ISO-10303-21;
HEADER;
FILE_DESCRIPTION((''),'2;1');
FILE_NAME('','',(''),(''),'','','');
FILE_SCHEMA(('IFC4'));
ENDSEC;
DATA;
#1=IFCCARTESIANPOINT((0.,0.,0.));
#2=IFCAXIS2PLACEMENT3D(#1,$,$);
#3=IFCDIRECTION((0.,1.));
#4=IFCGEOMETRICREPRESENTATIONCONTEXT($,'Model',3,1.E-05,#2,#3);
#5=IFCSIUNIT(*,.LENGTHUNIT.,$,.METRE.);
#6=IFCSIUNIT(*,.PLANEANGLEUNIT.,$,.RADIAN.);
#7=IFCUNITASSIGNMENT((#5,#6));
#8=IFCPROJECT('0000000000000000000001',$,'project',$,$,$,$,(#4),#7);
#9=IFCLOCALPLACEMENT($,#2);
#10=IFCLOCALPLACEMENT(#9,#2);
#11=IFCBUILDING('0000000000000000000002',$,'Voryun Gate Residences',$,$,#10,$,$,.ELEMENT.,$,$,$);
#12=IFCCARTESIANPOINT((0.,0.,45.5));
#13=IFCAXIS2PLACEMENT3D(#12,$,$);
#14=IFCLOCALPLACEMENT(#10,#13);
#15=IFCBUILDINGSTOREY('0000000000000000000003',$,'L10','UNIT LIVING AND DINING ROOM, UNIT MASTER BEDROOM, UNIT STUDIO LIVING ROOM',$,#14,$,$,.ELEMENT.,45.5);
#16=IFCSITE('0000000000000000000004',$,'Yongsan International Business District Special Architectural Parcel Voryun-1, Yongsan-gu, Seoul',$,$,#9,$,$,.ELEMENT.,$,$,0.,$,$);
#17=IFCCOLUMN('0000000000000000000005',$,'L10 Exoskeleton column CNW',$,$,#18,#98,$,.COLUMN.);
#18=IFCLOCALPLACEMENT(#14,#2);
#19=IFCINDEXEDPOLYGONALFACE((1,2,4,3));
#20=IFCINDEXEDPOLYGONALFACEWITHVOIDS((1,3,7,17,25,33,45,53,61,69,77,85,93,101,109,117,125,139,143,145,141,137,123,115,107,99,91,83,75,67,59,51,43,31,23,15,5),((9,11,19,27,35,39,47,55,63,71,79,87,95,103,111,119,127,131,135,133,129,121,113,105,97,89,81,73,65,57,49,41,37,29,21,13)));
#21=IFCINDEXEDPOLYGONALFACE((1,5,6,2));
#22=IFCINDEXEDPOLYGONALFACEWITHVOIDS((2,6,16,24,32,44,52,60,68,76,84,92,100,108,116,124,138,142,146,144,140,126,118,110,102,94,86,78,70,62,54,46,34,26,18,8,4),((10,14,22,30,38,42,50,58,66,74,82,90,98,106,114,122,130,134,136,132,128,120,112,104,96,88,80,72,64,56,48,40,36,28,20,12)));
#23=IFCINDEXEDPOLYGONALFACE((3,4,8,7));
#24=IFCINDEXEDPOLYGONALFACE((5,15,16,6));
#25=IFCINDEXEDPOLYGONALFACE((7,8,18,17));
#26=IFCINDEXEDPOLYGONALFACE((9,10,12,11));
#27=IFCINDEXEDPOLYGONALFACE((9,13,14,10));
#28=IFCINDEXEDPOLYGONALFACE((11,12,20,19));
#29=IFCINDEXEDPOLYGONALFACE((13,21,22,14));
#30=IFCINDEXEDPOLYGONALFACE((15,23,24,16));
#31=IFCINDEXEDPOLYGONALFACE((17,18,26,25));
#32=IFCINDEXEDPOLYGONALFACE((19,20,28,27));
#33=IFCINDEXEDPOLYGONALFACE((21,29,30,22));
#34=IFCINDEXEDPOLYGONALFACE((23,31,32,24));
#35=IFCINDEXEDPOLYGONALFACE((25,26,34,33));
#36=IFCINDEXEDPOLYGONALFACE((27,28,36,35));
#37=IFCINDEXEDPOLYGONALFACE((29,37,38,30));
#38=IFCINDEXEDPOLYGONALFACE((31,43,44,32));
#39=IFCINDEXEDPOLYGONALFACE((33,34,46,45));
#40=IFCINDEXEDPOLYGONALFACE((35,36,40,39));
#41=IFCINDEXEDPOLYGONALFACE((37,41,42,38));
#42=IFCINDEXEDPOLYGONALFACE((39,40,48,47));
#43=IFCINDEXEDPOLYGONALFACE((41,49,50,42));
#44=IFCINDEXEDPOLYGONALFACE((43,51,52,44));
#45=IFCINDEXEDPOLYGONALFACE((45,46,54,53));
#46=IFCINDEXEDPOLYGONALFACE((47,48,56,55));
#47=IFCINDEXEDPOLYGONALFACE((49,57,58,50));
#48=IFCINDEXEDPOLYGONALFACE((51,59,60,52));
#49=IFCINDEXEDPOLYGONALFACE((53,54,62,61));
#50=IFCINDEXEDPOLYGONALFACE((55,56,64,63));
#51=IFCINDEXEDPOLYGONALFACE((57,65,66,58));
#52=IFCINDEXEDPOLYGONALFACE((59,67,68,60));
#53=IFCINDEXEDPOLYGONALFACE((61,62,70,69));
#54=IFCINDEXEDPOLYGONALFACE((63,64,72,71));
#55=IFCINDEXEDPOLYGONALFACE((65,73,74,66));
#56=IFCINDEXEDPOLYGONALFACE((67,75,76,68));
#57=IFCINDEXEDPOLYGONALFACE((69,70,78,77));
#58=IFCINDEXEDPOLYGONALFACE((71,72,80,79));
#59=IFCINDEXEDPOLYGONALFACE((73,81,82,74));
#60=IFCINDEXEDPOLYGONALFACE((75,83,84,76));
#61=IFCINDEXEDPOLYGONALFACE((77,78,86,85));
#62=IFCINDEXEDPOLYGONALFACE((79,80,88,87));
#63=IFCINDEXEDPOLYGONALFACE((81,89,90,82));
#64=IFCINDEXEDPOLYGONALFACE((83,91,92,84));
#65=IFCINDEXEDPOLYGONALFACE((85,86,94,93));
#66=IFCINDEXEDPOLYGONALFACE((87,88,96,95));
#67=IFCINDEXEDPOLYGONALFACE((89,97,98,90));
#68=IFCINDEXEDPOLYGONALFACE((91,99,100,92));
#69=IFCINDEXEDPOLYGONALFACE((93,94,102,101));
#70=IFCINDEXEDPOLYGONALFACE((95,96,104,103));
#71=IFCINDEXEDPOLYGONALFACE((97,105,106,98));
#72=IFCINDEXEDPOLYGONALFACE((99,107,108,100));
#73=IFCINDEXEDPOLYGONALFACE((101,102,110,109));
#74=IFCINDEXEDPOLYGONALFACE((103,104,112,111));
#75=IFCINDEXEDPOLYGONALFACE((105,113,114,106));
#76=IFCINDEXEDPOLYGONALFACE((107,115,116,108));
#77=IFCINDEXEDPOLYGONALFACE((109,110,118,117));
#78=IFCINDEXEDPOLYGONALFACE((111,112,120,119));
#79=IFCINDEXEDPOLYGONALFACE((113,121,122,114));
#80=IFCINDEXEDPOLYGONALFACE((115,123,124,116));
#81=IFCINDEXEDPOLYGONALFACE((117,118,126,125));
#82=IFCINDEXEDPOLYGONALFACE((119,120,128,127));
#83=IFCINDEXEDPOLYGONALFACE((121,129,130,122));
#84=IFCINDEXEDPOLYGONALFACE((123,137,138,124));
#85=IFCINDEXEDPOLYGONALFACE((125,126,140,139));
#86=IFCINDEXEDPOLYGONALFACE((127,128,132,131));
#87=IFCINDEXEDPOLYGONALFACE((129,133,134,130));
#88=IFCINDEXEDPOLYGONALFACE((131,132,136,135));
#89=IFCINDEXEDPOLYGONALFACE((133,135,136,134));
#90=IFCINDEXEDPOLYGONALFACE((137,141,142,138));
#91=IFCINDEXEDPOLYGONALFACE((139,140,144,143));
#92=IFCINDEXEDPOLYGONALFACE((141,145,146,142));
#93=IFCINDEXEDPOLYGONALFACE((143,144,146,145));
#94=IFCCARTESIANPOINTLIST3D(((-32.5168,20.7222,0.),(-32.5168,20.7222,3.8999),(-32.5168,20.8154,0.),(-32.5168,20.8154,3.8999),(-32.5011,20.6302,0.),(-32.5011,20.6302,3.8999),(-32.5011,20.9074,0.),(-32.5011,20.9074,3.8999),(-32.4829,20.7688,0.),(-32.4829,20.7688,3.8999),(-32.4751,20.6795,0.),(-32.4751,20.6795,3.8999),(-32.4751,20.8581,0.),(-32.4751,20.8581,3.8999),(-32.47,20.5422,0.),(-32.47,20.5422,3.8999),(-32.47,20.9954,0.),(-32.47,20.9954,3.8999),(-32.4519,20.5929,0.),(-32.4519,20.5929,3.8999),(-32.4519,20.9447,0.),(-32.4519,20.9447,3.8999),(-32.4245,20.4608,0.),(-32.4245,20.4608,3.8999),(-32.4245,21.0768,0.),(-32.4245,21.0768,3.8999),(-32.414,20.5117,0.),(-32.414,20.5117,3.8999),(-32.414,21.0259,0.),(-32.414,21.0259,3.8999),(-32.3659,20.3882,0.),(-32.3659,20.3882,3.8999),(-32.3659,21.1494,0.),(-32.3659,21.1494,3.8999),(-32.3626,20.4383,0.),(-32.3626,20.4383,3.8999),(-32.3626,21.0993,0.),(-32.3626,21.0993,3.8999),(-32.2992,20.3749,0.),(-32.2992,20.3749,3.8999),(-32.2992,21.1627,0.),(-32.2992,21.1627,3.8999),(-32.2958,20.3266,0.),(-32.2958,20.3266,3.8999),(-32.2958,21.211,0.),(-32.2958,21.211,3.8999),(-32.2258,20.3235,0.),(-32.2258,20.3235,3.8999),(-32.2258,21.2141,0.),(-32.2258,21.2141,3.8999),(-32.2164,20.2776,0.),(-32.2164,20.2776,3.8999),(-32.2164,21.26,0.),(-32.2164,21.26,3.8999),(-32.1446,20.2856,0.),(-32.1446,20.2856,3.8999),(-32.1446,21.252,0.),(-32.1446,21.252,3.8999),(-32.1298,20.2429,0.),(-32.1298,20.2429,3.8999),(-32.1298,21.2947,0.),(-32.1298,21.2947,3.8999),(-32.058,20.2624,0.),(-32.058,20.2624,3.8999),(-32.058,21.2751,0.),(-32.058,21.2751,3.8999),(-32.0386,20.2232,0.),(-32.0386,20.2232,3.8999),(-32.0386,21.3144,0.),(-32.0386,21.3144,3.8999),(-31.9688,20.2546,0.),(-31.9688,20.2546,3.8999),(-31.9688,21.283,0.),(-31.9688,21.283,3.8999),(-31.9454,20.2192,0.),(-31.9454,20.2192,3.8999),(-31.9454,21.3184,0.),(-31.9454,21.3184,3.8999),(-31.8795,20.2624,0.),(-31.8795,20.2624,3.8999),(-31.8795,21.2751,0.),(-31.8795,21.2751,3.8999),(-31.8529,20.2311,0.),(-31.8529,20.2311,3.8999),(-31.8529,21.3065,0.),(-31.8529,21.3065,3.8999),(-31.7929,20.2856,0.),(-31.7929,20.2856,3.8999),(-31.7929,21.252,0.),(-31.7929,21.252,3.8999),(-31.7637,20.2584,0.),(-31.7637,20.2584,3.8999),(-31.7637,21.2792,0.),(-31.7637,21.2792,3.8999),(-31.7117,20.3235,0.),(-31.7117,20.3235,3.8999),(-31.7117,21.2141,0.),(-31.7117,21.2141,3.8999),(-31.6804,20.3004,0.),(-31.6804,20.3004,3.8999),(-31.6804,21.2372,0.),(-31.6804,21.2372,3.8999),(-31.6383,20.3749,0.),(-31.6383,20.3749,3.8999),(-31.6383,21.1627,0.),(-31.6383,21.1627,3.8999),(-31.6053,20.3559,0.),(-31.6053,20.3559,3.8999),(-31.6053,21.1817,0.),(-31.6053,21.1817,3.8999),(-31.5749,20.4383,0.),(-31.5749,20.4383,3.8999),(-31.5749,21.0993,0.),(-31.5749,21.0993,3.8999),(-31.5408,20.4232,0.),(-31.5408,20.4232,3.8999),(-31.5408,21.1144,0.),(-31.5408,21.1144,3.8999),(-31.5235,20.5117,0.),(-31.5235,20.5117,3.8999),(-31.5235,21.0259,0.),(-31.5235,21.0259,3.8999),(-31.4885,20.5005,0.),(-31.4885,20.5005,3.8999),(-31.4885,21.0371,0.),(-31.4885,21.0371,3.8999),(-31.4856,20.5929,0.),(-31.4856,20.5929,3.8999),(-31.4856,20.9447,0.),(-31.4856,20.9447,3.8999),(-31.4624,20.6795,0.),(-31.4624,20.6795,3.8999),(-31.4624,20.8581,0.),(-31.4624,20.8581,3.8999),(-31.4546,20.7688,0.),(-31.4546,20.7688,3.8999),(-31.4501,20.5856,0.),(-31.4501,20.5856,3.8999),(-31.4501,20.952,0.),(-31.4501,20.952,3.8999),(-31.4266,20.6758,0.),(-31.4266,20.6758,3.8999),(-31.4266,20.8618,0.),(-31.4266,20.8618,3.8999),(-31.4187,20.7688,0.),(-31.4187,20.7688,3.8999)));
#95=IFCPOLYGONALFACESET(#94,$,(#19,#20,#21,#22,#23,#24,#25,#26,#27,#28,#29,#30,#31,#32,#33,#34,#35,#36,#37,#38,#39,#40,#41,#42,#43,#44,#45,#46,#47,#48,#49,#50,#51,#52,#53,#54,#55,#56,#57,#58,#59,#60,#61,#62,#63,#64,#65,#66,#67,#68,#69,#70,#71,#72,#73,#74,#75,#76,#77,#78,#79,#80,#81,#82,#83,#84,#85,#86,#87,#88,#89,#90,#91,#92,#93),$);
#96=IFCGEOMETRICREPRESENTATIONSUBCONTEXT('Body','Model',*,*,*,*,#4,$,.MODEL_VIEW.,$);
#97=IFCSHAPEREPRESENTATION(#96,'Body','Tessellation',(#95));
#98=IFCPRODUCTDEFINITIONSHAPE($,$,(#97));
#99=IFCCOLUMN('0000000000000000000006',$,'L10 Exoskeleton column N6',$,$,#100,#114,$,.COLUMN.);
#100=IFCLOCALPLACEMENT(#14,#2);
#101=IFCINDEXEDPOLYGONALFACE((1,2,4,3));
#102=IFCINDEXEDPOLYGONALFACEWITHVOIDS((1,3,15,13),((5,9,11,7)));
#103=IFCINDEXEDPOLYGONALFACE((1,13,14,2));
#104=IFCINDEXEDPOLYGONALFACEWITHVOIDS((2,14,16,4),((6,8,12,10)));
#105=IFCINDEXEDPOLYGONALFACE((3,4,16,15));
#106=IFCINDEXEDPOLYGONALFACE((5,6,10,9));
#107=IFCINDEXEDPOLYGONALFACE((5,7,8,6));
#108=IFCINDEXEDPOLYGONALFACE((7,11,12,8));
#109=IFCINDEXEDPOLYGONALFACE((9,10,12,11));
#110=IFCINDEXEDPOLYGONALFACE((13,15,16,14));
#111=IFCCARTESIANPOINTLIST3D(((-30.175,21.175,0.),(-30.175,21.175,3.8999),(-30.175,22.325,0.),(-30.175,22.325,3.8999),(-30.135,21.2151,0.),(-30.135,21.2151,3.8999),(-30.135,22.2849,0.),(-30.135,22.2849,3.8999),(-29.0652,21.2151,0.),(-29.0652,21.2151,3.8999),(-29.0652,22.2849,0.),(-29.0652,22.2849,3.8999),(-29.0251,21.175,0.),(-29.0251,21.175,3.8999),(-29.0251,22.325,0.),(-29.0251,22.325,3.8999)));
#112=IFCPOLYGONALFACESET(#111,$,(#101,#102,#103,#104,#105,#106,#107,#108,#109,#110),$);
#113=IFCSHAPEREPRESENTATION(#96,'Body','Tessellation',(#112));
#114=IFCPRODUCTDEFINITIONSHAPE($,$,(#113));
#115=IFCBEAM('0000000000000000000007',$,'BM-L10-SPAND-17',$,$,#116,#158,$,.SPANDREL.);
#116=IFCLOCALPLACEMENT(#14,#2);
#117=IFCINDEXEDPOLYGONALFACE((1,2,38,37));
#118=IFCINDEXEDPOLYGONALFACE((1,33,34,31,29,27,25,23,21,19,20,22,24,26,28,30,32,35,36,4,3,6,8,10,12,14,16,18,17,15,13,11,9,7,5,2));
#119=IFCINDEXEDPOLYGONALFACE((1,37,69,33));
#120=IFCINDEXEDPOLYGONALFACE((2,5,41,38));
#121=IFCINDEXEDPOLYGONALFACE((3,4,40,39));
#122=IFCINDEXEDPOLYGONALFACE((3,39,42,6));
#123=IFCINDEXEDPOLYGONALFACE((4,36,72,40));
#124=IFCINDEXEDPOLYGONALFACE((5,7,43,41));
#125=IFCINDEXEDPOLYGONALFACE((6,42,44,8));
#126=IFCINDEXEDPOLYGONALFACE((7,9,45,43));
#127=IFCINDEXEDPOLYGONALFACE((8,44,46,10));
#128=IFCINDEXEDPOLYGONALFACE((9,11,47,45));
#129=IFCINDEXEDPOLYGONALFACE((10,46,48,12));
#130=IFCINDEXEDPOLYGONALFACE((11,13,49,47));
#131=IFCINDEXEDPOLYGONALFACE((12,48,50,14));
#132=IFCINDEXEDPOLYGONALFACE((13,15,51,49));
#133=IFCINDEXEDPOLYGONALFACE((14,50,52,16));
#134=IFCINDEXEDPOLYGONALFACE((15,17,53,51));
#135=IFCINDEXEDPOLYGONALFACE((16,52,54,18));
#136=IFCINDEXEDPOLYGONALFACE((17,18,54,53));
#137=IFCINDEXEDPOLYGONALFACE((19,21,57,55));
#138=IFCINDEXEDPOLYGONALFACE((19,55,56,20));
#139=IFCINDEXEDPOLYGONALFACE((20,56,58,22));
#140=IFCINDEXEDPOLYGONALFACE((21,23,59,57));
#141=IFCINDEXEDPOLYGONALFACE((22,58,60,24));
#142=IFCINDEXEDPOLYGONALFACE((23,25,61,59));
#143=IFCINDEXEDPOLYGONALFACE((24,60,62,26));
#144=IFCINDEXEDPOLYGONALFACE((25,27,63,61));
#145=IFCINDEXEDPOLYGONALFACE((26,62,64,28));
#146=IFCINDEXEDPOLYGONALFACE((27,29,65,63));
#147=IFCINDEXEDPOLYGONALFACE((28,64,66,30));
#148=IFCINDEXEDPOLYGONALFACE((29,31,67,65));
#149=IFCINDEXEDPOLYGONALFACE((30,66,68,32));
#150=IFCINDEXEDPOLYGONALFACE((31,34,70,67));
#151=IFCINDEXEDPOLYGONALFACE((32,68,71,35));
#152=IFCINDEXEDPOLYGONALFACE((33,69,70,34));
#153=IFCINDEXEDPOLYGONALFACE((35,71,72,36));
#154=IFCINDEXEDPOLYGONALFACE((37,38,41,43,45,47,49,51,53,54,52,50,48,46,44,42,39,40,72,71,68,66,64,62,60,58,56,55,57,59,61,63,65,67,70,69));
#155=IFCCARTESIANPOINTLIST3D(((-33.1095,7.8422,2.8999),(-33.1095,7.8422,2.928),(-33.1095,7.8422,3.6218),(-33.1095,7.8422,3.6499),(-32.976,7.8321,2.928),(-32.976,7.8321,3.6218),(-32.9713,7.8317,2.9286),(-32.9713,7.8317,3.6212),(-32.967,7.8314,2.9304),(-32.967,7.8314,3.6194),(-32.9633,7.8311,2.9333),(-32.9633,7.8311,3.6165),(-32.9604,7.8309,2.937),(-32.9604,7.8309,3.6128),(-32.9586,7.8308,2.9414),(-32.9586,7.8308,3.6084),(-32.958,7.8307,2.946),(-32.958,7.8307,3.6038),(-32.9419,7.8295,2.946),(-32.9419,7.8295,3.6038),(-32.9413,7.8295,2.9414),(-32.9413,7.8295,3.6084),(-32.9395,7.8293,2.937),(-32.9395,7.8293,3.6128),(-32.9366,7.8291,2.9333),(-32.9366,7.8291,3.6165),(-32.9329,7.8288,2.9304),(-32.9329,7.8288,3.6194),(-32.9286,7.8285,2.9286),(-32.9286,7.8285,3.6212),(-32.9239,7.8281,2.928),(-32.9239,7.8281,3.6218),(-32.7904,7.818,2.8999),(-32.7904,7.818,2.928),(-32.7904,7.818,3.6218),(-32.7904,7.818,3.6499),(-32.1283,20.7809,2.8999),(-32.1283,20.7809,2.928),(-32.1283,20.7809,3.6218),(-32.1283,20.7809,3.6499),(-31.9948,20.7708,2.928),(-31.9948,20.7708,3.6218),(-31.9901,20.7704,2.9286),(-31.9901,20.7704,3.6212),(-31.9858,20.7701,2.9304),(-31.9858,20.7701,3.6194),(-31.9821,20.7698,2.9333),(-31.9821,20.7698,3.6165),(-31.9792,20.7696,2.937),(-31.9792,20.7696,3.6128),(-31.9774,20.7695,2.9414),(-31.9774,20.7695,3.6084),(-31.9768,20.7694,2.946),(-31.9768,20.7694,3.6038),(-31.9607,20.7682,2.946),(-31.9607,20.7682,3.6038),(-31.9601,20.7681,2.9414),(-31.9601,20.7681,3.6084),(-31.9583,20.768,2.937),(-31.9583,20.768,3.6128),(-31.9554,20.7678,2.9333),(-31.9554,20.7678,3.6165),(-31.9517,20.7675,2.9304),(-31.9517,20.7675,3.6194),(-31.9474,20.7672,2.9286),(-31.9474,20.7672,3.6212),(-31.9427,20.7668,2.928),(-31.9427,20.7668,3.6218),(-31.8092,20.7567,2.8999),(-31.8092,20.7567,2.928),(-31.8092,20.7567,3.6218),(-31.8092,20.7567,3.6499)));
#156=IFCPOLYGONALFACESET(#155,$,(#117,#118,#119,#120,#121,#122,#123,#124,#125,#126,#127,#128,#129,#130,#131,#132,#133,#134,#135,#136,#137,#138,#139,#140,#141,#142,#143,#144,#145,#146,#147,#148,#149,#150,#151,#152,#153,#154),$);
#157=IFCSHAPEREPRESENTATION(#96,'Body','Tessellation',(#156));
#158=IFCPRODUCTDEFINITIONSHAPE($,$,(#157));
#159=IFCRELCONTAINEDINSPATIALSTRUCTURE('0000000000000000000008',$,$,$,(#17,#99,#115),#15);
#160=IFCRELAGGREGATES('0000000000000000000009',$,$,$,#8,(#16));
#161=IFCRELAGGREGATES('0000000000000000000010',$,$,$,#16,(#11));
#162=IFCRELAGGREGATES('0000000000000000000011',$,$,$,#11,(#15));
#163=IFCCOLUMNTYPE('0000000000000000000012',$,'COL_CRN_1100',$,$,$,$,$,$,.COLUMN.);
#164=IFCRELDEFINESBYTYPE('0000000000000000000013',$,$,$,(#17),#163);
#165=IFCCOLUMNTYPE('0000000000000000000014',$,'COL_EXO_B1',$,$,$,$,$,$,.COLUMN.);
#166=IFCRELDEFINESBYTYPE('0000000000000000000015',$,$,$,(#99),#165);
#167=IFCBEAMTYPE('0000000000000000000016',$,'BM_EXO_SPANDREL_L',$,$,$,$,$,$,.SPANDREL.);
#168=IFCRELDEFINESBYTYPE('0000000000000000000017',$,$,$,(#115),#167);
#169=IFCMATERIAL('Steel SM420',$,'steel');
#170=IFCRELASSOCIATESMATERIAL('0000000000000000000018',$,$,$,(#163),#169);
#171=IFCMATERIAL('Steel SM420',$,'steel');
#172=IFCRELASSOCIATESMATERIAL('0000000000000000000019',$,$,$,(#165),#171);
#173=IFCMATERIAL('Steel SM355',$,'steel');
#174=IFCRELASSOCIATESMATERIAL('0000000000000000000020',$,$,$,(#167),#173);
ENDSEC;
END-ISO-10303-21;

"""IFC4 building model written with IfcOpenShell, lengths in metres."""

from ifc_helpers import new_model, si_unit, direction, frame, origin, origin_2d, place, context, subcontext, project, spatial, hollow_rectangle, hollow_circle, i_section, extrude, material, material_profile, profile_set, type_object, element, save


model = new_model("IFC4")

# Units and contexts
model_context = context("Model", 3, precision=1e-05, world=origin(), true_north=direction((0.0, 1.0)))
body_context = subcontext(model_context, "Body", "Model", "MODEL_VIEW")
ifc_project = project(units=[si_unit("LENGTHUNIT", "METRE"), si_unit("PLANEANGLEUNIT", "RADIAN")], contexts=[model_context])

# Site, building, storey
site_placement = place(None, origin())
site = spatial("IfcSite", under=ifc_project, at=site_placement, Name="Yongsan International Business District Special Architectural Parcel Voryun-1, Yongsan-gu, Seoul", CompositionType="ELEMENT", RefElevation=0.0)
building_placement = place(site_placement, origin())
building = spatial("IfcBuilding", under=site, at=building_placement, Name="Voryun Gate Residences", CompositionType="ELEMENT")
storey_placement = place(building_placement, frame((0.0, 0.0, 45.5)))
storey = spatial("IfcBuildingStorey", under=building, at=storey_placement, Name="L10", Description="UNIT LIVING AND DINING ROOM, UNIT MASTER BEDROOM, UNIT STUDIO LIVING ROOM", CompositionType="ELEMENT", Elevation=45.5)

# Columns
ifc_material_1 = material(Name="Steel SM420", Category="steel")
ifc_material_profile_1 = material_profile(ifc_material_1, hollow_circle(Radius=0.55, WallThickness=0.0359, at=origin_2d()), Name="CHS-1100x36")
ifc_profile_set_1 = profile_set([ifc_material_profile_1], Name="Steel SM420")
column_type_1 = type_object("IfcColumnType", Name="COL_CRN_1100", PredefinedType="COLUMN", material=ifc_profile_set_1)
column_1_placement = place(storey_placement, frame((-31.9688, 20.7688, 0.0), z_axis=(0.0, 0.0, 1.0), x_axis=(1.0, 0.0, 0.0)))
element("IfcColumn", 1, at=column_1_placement, inside=storey, type_object=column_type_1, Name="L10 Exoskeleton column CNW", PredefinedType="COLUMN", context=body_context, shape_type="SweptSolid", body=[
    extrude(hollow_circle(Radius=0.55, WallThickness=0.0359, at=origin_2d()), origin(), (0.0, 0.0, 1.0), 3.8999),
])
ifc_material_2 = material(Name="Steel SM420", Category="steel")
ifc_material_profile_2 = material_profile(ifc_material_2, hollow_rectangle(XDim=1.1499, YDim=1.1499, WallThickness=0.04, at=origin_2d()), Name="BOX-1150x1150x40")
ifc_profile_set_2 = profile_set([ifc_material_profile_2], Name="Steel SM420")
column_type_2 = type_object("IfcColumnType", Name="COL_EXO_B1", PredefinedType="COLUMN", material=ifc_profile_set_2)
column_2_placement = place(storey_placement, frame((-29.6001, 21.75, 0.0), z_axis=(0.0, 0.0, 1.0), x_axis=(1.0, 0.0, 0.0)))
element("IfcColumn", 2, at=column_2_placement, inside=storey, type_object=column_type_2, Name="L10 Exoskeleton column N6", PredefinedType="COLUMN", context=body_context, shape_type="SweptSolid", body=[
    extrude(hollow_rectangle(XDim=1.1499, YDim=1.1499, WallThickness=0.04, at=origin_2d()), origin(), (0.0, 0.0, 1.0), 3.8999),
])

# Beam
ifc_material_3 = material(Name="Steel SM355", Category="steel")
ifc_material_profile_3 = material_profile(ifc_material_3, i_section(OverallWidth=0.3201, OverallDepth=0.75, WebThickness=0.0161, FlangeThickness=0.0281, FilletRadius=0.0181, at=origin_2d()), Name="H-750x320x16x28")
ifc_profile_set_3 = profile_set([ifc_material_profile_3], Name="Steel SM355")
beam_type = type_object("IfcBeamType", Name="BM_EXO_SPANDREL_L", PredefinedType="SPANDREL", material=ifc_profile_set_3)
beam_placement = place(storey_placement, frame((-31.9688, 20.7688, 3.2749), z_axis=(-0.075617, -0.997137, 0.0), x_axis=(0.997137, -0.075617, 0.0)))
element("IfcBeam", 3, at=beam_placement, inside=storey, type_object=beam_type, Name="BM-L10-SPAND-17", PredefinedType="SPANDREL", context=body_context, shape_type="SweptSolid", body=[
    extrude(i_section(OverallWidth=0.3201, OverallDepth=0.75, WebThickness=0.0161, FlangeThickness=0.0281, FilletRadius=0.0181, at=origin_2d()), origin(), (0.0, 0.0, 1.0), 12.9758),
])

save(model, "model.ifc")
